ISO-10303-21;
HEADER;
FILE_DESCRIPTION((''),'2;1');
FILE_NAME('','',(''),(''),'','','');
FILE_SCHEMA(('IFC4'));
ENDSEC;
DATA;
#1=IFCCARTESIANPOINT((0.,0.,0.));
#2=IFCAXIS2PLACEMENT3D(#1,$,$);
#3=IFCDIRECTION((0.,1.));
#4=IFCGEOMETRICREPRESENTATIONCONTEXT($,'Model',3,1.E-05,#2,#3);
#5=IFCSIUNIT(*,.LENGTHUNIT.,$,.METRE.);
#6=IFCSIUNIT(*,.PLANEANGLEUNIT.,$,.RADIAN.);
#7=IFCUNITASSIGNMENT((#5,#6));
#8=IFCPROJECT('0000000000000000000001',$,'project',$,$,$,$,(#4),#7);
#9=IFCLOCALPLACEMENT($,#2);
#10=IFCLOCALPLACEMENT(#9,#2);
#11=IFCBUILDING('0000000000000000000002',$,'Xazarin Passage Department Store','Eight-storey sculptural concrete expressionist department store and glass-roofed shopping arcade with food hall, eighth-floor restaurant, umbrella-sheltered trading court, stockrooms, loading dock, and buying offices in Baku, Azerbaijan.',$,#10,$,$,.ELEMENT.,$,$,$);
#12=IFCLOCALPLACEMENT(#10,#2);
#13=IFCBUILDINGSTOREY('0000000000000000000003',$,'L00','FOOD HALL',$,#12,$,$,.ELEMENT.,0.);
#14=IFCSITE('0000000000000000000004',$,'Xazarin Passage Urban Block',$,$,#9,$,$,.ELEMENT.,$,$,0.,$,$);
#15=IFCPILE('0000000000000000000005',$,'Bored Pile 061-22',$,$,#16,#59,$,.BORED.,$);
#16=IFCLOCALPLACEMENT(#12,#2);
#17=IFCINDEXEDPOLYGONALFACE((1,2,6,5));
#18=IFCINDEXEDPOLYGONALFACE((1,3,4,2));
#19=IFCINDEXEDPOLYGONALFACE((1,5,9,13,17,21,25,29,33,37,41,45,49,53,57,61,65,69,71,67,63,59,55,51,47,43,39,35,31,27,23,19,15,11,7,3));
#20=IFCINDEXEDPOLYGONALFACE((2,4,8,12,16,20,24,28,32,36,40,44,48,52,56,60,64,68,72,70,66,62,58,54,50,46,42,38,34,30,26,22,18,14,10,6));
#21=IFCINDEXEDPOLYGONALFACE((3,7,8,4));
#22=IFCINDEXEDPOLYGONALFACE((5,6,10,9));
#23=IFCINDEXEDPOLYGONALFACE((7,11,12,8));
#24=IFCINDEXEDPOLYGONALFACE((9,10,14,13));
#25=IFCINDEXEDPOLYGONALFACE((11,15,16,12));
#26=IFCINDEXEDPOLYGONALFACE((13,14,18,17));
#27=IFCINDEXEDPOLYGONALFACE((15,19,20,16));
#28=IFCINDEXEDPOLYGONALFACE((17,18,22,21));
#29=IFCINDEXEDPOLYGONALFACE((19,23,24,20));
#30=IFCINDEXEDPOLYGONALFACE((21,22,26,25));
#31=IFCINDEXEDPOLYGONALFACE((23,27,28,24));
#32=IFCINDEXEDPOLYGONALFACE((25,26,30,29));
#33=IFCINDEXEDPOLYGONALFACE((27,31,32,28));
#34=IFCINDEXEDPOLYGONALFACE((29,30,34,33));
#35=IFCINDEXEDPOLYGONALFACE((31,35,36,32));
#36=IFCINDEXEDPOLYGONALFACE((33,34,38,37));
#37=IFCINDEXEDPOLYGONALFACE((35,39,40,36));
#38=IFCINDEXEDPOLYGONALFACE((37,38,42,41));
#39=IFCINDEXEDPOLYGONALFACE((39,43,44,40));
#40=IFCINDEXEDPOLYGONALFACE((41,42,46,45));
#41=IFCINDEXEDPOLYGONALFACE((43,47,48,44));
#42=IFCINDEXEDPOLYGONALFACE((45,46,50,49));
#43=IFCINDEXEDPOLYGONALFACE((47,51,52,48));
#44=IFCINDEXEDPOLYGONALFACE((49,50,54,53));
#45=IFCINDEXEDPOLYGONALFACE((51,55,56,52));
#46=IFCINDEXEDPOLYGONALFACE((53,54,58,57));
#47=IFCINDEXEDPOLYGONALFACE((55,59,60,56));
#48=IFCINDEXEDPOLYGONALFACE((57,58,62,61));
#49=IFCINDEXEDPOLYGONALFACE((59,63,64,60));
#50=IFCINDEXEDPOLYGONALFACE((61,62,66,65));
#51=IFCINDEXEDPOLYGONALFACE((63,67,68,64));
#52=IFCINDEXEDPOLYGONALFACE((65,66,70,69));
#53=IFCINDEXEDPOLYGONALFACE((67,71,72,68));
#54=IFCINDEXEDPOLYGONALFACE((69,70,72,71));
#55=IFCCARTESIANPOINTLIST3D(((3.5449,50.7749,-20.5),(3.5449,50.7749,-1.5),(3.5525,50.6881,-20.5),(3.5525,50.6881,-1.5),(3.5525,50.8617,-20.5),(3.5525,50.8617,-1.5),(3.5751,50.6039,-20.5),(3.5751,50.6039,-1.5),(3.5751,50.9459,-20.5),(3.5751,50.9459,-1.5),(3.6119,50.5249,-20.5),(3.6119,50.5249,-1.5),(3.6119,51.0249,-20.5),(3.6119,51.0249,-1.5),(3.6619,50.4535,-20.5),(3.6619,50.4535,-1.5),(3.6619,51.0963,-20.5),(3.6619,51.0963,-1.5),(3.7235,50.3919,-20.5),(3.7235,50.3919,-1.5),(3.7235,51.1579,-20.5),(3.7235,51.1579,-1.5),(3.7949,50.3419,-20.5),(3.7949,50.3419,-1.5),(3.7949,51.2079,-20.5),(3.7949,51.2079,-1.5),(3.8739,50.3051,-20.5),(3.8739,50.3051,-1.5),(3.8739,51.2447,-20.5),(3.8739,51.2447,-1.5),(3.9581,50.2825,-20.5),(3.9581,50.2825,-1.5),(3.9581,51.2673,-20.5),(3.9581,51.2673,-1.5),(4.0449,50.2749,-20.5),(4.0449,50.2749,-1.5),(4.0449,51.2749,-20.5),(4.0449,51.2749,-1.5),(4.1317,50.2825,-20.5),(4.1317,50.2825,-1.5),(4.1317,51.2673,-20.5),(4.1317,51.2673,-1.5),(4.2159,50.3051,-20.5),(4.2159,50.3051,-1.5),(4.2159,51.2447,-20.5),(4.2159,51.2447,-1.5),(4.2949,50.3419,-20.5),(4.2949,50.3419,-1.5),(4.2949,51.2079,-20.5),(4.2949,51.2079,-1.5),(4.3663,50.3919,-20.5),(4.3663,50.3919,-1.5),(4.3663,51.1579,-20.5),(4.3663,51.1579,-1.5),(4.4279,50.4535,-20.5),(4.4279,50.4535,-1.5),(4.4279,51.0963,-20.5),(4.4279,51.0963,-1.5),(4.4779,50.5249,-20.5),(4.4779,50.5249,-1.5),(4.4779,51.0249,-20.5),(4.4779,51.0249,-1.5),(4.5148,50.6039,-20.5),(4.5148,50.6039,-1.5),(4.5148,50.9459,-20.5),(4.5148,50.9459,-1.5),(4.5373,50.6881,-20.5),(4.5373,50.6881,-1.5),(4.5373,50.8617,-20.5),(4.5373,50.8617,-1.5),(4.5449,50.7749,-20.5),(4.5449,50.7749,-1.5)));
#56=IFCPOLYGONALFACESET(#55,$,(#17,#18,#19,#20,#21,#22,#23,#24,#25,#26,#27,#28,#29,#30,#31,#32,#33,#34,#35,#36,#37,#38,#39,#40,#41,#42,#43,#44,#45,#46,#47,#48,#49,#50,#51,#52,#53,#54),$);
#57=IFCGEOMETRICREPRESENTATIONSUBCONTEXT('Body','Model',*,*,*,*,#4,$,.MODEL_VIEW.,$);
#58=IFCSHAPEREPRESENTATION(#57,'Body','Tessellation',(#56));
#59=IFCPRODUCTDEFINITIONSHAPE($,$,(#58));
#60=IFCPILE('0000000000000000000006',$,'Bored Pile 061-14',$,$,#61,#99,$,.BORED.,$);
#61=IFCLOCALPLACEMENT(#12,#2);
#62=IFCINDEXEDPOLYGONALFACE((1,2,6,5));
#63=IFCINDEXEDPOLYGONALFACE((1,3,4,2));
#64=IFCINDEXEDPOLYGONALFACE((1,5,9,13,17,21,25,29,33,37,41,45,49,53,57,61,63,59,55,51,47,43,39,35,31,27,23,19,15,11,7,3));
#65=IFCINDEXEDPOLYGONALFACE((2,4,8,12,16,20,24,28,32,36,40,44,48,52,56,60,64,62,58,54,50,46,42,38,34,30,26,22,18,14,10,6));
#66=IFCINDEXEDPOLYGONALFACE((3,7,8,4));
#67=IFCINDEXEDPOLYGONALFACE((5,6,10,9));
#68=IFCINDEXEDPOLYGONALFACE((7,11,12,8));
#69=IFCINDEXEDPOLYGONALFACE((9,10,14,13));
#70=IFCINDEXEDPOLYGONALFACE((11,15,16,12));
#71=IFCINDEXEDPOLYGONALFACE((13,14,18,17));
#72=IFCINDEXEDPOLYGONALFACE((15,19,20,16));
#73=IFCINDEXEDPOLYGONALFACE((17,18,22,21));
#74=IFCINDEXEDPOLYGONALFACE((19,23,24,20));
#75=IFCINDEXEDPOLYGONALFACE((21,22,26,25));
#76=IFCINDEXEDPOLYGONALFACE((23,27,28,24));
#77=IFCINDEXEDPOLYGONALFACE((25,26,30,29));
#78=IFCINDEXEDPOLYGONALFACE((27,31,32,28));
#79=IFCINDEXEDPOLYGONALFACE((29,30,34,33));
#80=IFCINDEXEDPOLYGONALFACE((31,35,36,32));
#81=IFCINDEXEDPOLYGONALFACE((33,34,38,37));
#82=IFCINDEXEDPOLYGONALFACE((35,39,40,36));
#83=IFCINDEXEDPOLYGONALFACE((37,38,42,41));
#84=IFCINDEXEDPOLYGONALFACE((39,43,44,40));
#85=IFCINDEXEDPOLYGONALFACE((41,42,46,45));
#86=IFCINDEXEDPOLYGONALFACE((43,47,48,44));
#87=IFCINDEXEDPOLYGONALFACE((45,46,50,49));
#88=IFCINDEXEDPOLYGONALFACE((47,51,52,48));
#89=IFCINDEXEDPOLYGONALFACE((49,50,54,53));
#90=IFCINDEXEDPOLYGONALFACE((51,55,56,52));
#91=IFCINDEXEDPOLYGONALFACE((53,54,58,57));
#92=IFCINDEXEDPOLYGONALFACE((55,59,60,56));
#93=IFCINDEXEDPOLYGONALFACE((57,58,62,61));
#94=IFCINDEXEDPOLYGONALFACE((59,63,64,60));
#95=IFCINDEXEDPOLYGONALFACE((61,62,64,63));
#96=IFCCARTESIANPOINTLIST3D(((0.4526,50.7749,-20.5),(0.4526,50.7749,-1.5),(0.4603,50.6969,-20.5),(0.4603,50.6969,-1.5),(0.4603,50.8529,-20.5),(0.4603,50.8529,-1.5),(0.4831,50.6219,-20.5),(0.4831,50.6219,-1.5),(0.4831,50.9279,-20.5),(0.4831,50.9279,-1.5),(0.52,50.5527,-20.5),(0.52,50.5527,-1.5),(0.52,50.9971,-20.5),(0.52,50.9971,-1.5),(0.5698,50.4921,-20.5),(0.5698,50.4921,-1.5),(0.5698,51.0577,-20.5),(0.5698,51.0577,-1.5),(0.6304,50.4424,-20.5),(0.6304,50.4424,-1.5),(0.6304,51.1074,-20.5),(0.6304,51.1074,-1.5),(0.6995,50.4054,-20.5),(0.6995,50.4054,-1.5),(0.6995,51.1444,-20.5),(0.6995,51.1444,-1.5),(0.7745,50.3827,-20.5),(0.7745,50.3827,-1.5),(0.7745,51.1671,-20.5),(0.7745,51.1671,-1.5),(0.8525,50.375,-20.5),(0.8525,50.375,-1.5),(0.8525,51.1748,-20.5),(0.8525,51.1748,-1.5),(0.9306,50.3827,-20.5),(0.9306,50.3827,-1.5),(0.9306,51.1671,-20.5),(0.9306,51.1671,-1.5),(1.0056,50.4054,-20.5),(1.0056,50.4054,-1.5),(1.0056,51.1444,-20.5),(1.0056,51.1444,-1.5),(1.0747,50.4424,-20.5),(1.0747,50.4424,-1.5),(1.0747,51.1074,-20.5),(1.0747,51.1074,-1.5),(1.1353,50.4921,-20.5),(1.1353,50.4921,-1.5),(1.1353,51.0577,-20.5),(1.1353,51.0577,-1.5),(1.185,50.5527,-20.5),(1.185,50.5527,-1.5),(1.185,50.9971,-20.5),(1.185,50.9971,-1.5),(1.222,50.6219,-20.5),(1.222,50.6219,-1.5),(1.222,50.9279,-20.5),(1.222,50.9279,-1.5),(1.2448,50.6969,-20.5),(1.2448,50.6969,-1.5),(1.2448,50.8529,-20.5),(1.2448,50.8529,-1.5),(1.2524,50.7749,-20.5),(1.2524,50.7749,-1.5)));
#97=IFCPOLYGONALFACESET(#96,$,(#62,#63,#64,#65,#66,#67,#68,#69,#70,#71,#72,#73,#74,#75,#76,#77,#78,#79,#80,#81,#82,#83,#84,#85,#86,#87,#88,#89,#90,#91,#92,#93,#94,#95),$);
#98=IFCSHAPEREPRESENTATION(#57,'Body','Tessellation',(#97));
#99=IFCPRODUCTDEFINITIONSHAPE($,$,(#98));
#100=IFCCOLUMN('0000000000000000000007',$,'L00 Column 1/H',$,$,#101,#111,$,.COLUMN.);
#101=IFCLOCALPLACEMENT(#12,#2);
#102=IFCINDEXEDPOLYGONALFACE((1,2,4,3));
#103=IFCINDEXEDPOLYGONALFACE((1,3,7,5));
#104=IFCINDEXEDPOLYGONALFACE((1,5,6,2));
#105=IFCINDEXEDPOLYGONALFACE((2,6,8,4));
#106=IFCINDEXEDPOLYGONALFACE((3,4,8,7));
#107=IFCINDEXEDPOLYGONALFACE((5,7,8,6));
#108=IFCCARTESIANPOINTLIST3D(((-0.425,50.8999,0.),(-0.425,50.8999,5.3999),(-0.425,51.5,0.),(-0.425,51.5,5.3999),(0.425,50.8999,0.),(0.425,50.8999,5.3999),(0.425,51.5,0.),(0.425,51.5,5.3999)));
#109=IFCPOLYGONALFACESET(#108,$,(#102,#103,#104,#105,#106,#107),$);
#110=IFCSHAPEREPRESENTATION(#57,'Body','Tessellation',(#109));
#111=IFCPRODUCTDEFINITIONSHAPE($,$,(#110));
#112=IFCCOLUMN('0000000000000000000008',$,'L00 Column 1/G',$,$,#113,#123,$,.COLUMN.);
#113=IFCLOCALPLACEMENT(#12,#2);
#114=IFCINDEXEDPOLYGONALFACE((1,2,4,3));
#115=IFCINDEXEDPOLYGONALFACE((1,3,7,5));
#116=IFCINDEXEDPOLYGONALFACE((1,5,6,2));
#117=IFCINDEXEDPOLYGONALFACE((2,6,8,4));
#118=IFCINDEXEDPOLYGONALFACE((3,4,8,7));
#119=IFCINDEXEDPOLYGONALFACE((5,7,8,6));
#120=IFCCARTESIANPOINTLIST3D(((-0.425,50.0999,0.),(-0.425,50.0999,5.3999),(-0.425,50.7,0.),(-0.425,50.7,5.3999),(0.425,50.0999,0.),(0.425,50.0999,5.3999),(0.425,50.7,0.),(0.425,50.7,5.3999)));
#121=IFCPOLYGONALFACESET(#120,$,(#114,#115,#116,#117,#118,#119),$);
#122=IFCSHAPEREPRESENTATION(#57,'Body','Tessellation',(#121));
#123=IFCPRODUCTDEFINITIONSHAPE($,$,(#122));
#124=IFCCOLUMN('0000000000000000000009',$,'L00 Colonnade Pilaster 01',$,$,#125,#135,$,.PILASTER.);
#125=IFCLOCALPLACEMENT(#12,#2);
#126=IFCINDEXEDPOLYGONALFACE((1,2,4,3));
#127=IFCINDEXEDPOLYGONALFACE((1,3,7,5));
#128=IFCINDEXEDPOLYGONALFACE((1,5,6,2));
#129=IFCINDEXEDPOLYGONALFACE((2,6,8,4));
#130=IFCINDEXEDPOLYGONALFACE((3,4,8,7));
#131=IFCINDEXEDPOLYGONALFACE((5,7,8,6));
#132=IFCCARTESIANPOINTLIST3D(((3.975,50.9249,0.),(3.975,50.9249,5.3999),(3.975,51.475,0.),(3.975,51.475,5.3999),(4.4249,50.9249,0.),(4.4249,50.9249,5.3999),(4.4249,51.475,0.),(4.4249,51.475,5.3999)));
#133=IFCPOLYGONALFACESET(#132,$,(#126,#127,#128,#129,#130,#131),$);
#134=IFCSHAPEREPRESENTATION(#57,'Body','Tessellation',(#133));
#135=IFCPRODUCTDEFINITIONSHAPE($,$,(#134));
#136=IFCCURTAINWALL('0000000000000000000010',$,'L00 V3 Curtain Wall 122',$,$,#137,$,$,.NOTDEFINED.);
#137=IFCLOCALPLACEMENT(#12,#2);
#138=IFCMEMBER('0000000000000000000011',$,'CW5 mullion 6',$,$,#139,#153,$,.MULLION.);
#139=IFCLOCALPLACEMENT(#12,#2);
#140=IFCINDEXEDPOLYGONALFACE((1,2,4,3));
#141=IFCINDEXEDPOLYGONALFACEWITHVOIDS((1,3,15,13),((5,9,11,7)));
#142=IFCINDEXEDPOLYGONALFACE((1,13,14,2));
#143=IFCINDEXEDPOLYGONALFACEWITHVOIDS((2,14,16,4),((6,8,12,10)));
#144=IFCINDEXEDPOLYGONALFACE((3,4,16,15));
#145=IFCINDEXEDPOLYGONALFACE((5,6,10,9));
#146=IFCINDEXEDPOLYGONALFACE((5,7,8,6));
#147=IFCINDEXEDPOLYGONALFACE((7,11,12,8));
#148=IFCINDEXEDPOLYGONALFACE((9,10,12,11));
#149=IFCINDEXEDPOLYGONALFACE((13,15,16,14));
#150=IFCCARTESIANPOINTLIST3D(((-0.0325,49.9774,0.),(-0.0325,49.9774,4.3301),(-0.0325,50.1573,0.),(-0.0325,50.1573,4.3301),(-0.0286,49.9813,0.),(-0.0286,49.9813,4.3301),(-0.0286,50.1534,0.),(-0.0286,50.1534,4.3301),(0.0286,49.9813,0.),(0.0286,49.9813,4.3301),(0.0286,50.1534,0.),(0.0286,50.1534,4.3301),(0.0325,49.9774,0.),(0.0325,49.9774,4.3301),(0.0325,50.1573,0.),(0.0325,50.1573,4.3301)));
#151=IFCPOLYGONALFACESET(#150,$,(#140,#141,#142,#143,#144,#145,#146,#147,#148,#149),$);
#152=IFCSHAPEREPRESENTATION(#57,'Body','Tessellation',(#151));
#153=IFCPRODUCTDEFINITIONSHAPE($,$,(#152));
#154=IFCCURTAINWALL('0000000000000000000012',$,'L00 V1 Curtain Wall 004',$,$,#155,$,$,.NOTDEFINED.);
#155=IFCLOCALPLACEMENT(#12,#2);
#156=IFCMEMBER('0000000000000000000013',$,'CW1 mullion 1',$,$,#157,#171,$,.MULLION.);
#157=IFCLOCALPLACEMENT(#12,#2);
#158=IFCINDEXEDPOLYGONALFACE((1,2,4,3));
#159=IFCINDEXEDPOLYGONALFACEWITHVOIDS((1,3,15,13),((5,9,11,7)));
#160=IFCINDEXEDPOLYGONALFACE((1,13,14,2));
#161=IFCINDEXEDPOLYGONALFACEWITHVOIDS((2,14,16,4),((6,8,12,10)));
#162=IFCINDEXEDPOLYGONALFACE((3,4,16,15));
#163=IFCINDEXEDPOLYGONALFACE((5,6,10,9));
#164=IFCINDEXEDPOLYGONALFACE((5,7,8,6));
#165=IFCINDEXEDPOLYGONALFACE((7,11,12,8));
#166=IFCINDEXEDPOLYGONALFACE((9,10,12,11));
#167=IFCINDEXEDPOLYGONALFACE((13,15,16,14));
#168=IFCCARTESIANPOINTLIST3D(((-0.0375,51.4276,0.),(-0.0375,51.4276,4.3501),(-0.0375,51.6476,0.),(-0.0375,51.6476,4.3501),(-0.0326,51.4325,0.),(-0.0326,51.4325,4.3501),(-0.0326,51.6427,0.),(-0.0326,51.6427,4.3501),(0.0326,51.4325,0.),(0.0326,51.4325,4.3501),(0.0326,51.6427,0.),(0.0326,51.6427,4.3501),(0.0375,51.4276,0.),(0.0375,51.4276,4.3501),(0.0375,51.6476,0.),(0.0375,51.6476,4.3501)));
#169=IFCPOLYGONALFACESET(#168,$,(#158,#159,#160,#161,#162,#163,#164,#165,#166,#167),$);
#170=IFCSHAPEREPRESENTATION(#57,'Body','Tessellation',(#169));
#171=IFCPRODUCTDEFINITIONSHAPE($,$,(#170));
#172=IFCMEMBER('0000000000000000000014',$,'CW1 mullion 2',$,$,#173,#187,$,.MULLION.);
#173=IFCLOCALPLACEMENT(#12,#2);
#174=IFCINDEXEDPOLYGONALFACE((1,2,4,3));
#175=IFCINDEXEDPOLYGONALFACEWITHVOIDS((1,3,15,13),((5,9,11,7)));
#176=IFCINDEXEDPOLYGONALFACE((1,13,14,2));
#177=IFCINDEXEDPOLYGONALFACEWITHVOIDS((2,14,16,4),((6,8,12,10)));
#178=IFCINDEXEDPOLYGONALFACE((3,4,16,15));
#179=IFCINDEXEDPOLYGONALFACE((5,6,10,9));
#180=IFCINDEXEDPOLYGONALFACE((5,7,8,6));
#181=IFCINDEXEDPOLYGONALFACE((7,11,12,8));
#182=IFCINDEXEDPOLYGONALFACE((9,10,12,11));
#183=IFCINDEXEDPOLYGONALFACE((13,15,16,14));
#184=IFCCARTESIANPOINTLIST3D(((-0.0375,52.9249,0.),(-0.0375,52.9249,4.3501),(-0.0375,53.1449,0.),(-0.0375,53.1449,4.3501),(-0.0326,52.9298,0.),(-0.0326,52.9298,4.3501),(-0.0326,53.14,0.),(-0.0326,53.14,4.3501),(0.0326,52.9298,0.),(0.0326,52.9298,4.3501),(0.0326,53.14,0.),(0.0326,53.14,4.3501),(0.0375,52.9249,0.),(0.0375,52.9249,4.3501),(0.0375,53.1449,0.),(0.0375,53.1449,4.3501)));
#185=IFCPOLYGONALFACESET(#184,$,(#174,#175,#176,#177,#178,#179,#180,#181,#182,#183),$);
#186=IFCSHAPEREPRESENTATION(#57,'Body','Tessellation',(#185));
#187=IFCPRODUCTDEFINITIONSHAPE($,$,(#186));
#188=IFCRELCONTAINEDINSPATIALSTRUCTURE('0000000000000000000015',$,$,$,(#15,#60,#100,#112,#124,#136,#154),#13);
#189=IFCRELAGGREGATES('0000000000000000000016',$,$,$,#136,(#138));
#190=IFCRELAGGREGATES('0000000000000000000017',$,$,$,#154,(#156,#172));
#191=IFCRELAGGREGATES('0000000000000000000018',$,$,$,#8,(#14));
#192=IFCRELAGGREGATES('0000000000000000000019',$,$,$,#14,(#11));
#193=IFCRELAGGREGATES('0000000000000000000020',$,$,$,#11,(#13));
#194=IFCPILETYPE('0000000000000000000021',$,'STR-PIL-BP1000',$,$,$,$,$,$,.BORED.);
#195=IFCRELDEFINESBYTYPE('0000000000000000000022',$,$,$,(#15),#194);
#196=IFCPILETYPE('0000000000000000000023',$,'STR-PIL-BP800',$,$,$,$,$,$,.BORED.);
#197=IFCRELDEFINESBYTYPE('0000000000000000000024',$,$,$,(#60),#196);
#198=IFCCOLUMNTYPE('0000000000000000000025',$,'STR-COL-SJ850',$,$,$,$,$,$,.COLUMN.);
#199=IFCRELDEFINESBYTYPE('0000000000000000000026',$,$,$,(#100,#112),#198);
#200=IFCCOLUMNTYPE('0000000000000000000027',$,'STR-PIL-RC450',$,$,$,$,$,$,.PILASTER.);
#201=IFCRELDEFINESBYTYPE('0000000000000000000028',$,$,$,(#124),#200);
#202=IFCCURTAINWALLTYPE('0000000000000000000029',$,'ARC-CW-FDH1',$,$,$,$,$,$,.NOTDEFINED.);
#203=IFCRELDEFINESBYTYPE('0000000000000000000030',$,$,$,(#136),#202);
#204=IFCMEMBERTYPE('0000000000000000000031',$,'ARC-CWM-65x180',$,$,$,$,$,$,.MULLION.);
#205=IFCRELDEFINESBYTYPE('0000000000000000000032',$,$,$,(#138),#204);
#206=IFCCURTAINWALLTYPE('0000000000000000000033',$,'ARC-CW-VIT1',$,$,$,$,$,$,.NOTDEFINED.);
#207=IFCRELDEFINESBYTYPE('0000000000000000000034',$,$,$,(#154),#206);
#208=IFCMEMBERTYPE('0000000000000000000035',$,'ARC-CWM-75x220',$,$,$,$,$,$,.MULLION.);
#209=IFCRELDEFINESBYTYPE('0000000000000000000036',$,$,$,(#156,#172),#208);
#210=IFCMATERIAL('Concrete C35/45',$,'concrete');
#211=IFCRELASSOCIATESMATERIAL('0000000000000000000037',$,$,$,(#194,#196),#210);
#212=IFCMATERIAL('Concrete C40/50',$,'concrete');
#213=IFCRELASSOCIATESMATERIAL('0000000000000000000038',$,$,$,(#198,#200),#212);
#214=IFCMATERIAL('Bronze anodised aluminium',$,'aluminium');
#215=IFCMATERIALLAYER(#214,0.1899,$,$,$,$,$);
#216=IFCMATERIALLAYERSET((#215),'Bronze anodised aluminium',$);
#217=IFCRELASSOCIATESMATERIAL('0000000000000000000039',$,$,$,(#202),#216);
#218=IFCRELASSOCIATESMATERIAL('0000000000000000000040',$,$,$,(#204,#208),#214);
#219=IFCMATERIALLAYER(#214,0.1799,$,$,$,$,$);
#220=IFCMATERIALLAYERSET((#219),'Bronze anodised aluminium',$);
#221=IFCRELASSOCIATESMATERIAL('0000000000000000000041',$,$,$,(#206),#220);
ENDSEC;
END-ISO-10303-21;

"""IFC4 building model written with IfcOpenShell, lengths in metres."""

from ifc_helpers import new_model, si_unit, direction, frame, origin, origin_2d, place, context, subcontext, project, spatial, rectangle, hollow_rectangle, circle, extrude, material, layer, layer_set, material_profile, profile_set, type_object, element, aggregate, save


model = new_model("IFC4")

# Units and contexts
model_context = context("Model", 3, precision=1e-05, world=origin(), true_north=direction((0.0, 1.0)))
body_context = subcontext(model_context, "Body", "Model", "MODEL_VIEW")
ifc_project = project(units=[si_unit("LENGTHUNIT", "METRE"), si_unit("PLANEANGLEUNIT", "RADIAN")], contexts=[model_context])

# Site, building, storey
site_placement = place(None, origin())
site = spatial("IfcSite", under=ifc_project, at=site_placement, Name="Xazarin Passage Urban Block", CompositionType="ELEMENT", RefElevation=0.0)
building_placement = place(site_placement, origin())
building = spatial("IfcBuilding", under=site, at=building_placement, Name="Xazarin Passage Department Store", Description="Eight-storey sculptural concrete expressionist department store and glass-roofed shopping arcade with food hall, eighth-floor restaurant, umbrella-sheltered trading court, stockrooms, loading dock, and buying offices in Baku, Azerbaijan.", CompositionType="ELEMENT")
storey_placement = place(building_placement, origin())
storey = spatial("IfcBuildingStorey", under=building, at=storey_placement, Name="L00", Description="FOOD HALL", CompositionType="ELEMENT", Elevation=0.0)

# Piles
ifc_material_1 = material(Name="Concrete C35/45", Category="concrete")
ifc_material_profile_1 = material_profile(ifc_material_1, circle(Radius=0.5, at=origin_2d()), Name="BP 1000")
ifc_profile_set_1 = profile_set([ifc_material_profile_1], Name="Concrete C35/45")
pile_type_1 = type_object("IfcPileType", Name="STR-PIL-BP1000", PredefinedType="BORED", material=ifc_profile_set_1)
for number, where, z_axis, x_axis, name in (
    (1, (4.0449, 50.7749, -1.5), (0.0, 0.0, -1.0), (1.0, 0.0, 0.0), "Bored Pile 061-22"),
):
    element("IfcPile", number, at=place(storey_placement, frame(where, z_axis=z_axis, x_axis=x_axis)), inside=storey, type_object=pile_type_1, Name=name, PredefinedType="BORED", context=body_context, shape_type="SweptSolid", body=[
        extrude(circle(Radius=0.5, at=origin_2d()), origin(), (0.0, 0.0, 1.0), 19.0),
    ])
ifc_material_profile_2 = material_profile(ifc_material_1, circle(Radius=0.3999, at=origin_2d()), Name="BP 800")
ifc_profile_set_2 = profile_set([ifc_material_profile_2], Name="Concrete C35/45")
pile_type_2 = type_object("IfcPileType", Name="STR-PIL-BP800", PredefinedType="BORED", material=ifc_profile_set_2)
pile_placement = place(storey_placement, frame((0.8525, 50.7749, -1.5), z_axis=(0.0, 0.0, -1.0), x_axis=(1.0, 0.0, 0.0)))
element("IfcPile", 2, at=pile_placement, inside=storey, type_object=pile_type_2, Name="Bored Pile 061-14", PredefinedType="BORED", context=body_context, shape_type="SweptSolid", body=[
    extrude(circle(Radius=0.3999, at=origin_2d()), origin(), (0.0, 0.0, 1.0), 19.0),
])

# Columns
ifc_material_2 = material(Name="Concrete C40/50", Category="concrete")
ifc_material_profile_3 = material_profile(ifc_material_2, rectangle(XDim=0.6001, YDim=0.8501, at=origin_2d()), Name="RC 600x850")
ifc_profile_set_3 = profile_set([ifc_material_profile_3], Name="Concrete C40/50")
column_type_1 = type_object("IfcColumnType", Name="STR-COL-SJ850", PredefinedType="COLUMN", material=ifc_profile_set_3)
for number, where, z_axis, x_axis, name in (
    (3, (0.0, 51.2, 0.0), (0.0, 0.0, 1.0), (0.0, 1.0, 0.0), "L00 Column 1/H"),
    (4, (0.0, 50.3999, 0.0), (0.0, 0.0, 1.0), (0.0, 1.0, 0.0), "L00 Column 1/G"),
):
    element("IfcColumn", number, at=place(storey_placement, frame(where, z_axis=z_axis, x_axis=x_axis)), inside=storey, type_object=column_type_1, Name=name, PredefinedType="COLUMN", context=body_context, shape_type="SweptSolid", body=[
        extrude(rectangle(XDim=0.6001, YDim=0.8501, at=origin_2d()), origin(), (0.0, 0.0, 1.0), 5.3999),
    ])
ifc_material_profile_4 = material_profile(ifc_material_2, rectangle(XDim=0.45, YDim=0.55, at=origin_2d()), Name="RC 450x550")
ifc_profile_set_4 = profile_set([ifc_material_profile_4], Name="Concrete C40/50")
column_type_2 = type_object("IfcColumnType", Name="STR-PIL-RC450", PredefinedType="PILASTER", material=ifc_profile_set_4)
column_placement = place(storey_placement, frame((4.2, 51.2, 0.0), z_axis=(0.0, 0.0, 1.0), x_axis=(1.0, 0.0, 0.0)))
element("IfcColumn", 5, at=column_placement, inside=storey, type_object=column_type_2, Name="L00 Colonnade Pilaster 01", PredefinedType="PILASTER", context=body_context, shape_type="SweptSolid", body=[
    extrude(rectangle(XDim=0.45, YDim=0.55, at=origin_2d()), origin(), (0.0, 0.0, 1.0), 5.3999),
])

# Curtain wall, member
ifc_material_3 = material(Name="Bronze anodised aluminium", Category="aluminium")
ifc_layer_1 = layer(ifc_material_3, 0.1899)
ifc_layer_set_1 = layer_set([ifc_layer_1], Name="Bronze anodised aluminium")
curtain_wall_type_1 = type_object("IfcCurtainWallType", Name="ARC-CW-FDH1", PredefinedType="NOTDEFINED", material=ifc_layer_set_1)
curtain_wall_1_placement = place(storey_placement, origin())
curtain_wall_1 = element("IfcCurtainWall", 6, at=curtain_wall_1_placement, inside=storey, type_object=curtain_wall_type_1, Name="L00 V3 Curtain Wall 122", PredefinedType="NOTDEFINED")
ifc_material_profile_5 = material_profile(ifc_material_3, hollow_rectangle(XDim=0.0649, YDim=0.1799, WallThickness=0.0039, at=origin_2d()), Name="ALU 65x180")
ifc_profile_set_5 = profile_set([ifc_material_profile_5], Name="Bronze anodised aluminium")
member_type_1 = type_object("IfcMemberType", Name="ARC-CWM-65x180", PredefinedType="MULLION", material=ifc_profile_set_5)
member_1_placement = place(storey_placement, frame((0.0, 50.0674, 0.0), z_axis=(0.0, 0.0, 1.0), x_axis=(-1.0, 0.0, 0.0)))
member_1 = element("IfcMember", 7, at=member_1_placement, type_object=member_type_1, Name="CW5 mullion 6", PredefinedType="MULLION", context=body_context, shape_type="SweptSolid", body=[
    extrude(hollow_rectangle(XDim=0.0649, YDim=0.1799, WallThickness=0.0039, at=origin_2d()), origin(), (0.0, 0.0, 1.0), 4.3301),
])

# Curtain wall, members
ifc_layer_2 = layer(ifc_material_3, 0.1799)
ifc_layer_set_2 = layer_set([ifc_layer_2], Name="Bronze anodised aluminium")
curtain_wall_type_2 = type_object("IfcCurtainWallType", Name="ARC-CW-VIT1", PredefinedType="NOTDEFINED", material=ifc_layer_set_2)
curtain_wall_2_placement = place(storey_placement, origin())
curtain_wall_2 = element("IfcCurtainWall", 8, at=curtain_wall_2_placement, inside=storey, type_object=curtain_wall_type_2, Name="L00 V1 Curtain Wall 004", PredefinedType="NOTDEFINED")
ifc_material_profile_6 = material_profile(ifc_material_3, hollow_rectangle(XDim=0.075, YDim=0.22, WallThickness=0.0049, at=origin_2d()), Name="ALU 75x220")
ifc_profile_set_6 = profile_set([ifc_material_profile_6], Name="Bronze anodised aluminium")
member_type_2 = type_object("IfcMemberType", Name="ARC-CWM-75x220", PredefinedType="MULLION", material=ifc_profile_set_6)
member_2_placement = place(storey_placement, frame((0.0, 51.5376, 0.0), z_axis=(0.0, 0.0, 1.0), x_axis=(-1.0, 0.0, 0.0)))
member_2 = element("IfcMember", 9, at=member_2_placement, type_object=member_type_2, Name="CW1 mullion 1", PredefinedType="MULLION", context=body_context, shape_type="SweptSolid", body=[
    extrude(hollow_rectangle(XDim=0.075, YDim=0.22, WallThickness=0.0049, at=origin_2d()), origin(), (0.0, 0.0, 1.0), 4.3501),
])
member_3_placement = place(storey_placement, frame((0.0, 53.0349, 0.0), z_axis=(0.0, 0.0, 1.0), x_axis=(-1.0, 0.0, 0.0)))
member_3 = element("IfcMember", 10, at=member_3_placement, type_object=member_type_2, Name="CW1 mullion 2", PredefinedType="MULLION", context=body_context, shape_type="SweptSolid", body=[
    extrude(hollow_rectangle(XDim=0.075, YDim=0.22, WallThickness=0.0049, at=origin_2d()), origin(), (0.0, 0.0, 1.0), 4.3501),
])

aggregate(curtain_wall_1, [member_1])
aggregate(curtain_wall_2, [member_2, member_3])

save(model, "model.ifc")
